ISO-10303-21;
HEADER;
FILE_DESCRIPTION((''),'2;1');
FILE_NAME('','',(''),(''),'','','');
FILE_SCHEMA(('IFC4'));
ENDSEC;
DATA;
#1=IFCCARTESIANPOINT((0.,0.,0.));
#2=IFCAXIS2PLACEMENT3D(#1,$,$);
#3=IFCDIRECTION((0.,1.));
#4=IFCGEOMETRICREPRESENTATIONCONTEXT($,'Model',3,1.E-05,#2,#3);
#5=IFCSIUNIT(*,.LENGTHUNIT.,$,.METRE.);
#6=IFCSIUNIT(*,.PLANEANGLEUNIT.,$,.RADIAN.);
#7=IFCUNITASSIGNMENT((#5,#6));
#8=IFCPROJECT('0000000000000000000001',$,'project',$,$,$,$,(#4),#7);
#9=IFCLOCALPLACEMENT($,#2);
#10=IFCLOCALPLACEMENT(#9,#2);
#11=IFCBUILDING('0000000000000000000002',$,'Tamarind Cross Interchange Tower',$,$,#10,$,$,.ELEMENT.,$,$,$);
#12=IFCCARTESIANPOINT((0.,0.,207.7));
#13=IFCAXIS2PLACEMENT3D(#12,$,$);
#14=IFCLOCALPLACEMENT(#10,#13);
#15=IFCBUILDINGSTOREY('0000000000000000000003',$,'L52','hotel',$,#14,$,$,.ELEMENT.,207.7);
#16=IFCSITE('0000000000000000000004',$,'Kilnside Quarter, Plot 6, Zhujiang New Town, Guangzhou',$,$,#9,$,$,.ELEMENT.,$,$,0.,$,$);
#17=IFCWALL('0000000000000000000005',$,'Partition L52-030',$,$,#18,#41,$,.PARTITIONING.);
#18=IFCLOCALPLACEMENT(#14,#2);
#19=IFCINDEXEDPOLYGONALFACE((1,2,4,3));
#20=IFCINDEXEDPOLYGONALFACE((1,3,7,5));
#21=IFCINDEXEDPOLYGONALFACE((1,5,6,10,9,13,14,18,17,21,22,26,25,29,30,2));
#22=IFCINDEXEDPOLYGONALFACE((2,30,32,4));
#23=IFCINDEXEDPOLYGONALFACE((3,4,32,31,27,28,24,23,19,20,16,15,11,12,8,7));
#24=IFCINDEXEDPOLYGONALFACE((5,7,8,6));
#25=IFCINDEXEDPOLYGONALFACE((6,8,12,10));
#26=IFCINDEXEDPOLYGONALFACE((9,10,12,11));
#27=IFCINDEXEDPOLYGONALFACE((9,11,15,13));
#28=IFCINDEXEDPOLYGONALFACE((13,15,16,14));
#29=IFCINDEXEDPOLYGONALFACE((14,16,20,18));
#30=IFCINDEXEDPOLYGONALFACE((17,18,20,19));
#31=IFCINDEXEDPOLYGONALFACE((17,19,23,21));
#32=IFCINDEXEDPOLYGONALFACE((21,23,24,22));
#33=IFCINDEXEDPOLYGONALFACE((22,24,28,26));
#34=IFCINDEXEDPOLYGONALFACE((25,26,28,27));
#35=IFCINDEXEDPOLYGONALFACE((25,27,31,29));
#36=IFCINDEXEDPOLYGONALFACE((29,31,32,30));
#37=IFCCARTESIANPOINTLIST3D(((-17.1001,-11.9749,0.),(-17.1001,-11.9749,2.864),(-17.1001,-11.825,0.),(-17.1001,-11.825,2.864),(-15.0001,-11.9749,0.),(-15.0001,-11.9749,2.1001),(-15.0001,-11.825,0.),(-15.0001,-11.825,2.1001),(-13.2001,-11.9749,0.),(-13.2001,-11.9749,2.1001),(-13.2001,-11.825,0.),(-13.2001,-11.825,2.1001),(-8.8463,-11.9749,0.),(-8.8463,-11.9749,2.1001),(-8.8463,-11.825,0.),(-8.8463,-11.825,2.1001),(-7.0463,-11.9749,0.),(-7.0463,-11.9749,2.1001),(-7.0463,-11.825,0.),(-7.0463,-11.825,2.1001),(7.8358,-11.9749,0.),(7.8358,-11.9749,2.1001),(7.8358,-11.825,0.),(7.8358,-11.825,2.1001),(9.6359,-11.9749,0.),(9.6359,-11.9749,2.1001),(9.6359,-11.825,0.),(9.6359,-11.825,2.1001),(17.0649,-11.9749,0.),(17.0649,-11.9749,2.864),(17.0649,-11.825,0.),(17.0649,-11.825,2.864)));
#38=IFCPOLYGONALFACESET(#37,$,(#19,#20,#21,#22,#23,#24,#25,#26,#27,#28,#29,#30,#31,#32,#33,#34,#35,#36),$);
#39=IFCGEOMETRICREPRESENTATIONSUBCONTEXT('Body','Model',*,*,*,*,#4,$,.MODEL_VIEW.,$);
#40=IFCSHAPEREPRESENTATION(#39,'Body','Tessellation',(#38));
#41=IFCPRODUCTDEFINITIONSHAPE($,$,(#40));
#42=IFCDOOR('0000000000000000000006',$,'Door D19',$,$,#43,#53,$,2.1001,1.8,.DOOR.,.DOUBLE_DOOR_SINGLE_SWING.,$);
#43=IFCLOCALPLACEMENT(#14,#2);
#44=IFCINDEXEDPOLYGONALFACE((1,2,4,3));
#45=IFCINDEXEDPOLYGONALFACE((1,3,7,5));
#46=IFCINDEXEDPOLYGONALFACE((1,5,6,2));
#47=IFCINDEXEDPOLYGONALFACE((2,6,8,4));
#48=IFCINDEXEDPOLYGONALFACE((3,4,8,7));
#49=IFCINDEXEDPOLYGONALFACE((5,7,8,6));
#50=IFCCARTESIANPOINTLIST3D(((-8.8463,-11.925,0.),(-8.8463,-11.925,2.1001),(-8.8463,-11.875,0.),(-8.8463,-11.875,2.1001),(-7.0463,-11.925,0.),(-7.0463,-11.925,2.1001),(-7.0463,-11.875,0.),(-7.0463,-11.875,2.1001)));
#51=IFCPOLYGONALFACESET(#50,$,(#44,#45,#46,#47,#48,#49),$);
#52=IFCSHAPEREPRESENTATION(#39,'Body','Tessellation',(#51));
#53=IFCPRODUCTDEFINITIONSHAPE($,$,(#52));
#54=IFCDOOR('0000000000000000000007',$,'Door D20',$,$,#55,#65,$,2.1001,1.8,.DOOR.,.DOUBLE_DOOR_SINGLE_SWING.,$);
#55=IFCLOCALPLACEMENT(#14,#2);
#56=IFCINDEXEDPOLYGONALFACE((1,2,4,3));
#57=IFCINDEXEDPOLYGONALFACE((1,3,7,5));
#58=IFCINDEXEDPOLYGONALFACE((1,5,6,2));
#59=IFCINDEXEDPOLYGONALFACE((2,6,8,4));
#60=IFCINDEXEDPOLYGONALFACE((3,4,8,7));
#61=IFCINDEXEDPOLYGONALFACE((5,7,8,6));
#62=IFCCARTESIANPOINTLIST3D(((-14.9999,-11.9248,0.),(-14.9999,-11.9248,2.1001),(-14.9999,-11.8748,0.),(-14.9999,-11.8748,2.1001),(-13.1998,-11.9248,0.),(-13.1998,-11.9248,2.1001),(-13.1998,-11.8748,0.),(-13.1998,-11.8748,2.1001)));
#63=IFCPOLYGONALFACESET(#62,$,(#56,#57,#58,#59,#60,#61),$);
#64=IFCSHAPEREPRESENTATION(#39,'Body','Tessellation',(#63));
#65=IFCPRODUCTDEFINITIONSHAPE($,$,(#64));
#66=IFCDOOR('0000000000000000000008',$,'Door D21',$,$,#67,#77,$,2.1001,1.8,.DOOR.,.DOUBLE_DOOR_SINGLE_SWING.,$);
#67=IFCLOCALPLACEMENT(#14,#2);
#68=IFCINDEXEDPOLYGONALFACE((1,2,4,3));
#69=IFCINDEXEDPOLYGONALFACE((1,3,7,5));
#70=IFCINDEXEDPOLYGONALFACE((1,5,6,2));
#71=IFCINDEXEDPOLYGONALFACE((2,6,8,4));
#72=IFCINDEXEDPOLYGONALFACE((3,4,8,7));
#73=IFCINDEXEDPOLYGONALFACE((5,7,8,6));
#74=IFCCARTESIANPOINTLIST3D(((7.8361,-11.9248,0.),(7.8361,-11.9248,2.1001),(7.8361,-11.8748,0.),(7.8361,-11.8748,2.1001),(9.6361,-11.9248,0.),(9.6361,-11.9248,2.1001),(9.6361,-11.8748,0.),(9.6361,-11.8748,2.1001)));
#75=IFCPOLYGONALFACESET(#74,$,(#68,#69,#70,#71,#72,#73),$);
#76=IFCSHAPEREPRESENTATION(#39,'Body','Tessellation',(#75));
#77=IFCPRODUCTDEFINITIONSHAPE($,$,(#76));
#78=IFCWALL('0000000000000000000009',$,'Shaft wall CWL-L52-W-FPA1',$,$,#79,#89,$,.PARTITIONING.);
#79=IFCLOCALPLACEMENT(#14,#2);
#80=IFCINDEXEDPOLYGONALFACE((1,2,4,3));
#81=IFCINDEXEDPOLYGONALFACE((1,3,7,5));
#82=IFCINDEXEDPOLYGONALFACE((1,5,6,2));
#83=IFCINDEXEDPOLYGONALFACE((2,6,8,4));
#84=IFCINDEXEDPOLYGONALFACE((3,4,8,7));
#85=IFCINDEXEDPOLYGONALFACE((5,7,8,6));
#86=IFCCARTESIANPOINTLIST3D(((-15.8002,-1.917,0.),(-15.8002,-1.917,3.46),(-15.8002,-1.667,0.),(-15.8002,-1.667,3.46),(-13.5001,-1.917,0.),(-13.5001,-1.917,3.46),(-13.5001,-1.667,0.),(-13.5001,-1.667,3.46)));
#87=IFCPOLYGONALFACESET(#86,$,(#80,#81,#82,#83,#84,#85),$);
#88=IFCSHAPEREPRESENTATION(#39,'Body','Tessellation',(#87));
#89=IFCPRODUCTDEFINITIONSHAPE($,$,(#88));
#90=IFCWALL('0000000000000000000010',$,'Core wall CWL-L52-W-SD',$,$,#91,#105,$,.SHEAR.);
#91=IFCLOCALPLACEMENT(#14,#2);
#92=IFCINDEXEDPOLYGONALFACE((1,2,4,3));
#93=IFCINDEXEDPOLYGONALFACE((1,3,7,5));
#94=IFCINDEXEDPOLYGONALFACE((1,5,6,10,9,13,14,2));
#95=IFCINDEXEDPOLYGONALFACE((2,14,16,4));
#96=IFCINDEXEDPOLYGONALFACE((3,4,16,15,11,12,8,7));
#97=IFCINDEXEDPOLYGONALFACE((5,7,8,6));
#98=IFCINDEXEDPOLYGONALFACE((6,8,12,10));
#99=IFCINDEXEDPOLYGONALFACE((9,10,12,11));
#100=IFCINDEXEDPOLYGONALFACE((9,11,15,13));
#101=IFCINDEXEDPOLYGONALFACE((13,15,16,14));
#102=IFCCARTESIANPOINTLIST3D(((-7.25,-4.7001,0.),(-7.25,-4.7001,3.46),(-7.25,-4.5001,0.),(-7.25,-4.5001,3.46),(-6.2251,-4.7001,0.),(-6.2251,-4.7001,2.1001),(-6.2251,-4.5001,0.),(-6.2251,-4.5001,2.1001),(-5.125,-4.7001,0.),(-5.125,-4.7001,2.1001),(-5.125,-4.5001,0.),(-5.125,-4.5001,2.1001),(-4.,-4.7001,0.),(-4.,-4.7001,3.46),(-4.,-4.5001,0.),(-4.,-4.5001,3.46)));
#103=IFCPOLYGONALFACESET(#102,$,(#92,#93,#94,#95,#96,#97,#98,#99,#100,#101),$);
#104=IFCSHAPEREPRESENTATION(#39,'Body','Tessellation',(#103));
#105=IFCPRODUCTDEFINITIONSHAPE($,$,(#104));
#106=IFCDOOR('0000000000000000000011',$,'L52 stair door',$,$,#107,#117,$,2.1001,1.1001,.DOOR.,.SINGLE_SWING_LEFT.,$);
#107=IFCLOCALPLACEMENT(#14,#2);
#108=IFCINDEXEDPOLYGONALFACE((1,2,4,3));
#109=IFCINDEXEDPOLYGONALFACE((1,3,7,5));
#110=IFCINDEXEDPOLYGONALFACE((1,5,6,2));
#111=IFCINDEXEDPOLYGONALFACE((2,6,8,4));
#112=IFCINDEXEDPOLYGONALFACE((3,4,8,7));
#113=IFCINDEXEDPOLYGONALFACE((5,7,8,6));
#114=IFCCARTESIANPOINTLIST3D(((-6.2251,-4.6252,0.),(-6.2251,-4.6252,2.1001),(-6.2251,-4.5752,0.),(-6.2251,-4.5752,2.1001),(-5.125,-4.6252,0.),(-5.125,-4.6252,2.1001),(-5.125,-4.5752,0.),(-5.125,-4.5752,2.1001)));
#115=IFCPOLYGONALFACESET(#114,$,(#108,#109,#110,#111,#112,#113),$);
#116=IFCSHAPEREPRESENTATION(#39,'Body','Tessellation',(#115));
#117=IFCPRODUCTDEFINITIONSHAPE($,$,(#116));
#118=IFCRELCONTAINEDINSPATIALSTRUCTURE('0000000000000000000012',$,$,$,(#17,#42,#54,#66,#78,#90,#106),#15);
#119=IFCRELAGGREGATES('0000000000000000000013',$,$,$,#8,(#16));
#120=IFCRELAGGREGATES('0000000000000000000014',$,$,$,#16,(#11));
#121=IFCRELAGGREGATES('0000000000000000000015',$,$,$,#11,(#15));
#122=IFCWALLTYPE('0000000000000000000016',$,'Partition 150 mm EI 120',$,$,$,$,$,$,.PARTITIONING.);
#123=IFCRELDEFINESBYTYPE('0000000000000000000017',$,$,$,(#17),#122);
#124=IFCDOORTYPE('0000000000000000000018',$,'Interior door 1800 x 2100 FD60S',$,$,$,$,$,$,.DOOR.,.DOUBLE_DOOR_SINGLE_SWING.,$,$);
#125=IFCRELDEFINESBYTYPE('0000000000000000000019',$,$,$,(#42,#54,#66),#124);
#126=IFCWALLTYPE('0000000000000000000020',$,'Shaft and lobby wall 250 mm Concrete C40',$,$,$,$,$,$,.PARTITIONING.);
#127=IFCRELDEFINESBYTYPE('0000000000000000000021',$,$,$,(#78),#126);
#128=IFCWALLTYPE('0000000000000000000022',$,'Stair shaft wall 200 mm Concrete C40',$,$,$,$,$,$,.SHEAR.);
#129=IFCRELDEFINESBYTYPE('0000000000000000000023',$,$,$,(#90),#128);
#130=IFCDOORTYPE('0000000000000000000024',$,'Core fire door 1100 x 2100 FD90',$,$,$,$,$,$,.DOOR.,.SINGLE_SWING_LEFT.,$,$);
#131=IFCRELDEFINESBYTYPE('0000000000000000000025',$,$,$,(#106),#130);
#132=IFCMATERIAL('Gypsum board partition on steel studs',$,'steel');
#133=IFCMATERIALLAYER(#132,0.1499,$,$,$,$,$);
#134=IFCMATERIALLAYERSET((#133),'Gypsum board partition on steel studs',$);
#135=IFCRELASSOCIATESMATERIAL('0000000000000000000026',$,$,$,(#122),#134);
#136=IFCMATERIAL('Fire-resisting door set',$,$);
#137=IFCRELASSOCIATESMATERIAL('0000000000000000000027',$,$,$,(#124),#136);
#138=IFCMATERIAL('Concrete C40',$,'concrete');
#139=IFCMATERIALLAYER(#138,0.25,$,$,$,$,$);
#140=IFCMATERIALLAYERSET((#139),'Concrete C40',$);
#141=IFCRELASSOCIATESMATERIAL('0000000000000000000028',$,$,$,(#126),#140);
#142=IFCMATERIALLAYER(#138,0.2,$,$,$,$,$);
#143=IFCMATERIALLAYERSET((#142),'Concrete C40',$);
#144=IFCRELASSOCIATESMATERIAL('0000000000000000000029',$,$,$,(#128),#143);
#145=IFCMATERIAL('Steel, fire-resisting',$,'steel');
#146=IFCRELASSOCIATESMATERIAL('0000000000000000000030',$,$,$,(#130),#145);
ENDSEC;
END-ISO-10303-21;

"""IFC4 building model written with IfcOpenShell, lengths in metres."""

from ifc_helpers import new_model, si_unit, direction, frame, frame_2d, origin, place, context, subcontext, project, spatial, rectangle, extrude, material, layer, layer_set, type_object, element, fill, save


model = new_model("IFC4")

# Units and contexts
model_context = context("Model", 3, precision=1e-05, world=origin(), true_north=direction((0.0, 1.0)))
body_context = subcontext(model_context, "Body", "Model", "MODEL_VIEW")
ifc_project = project(units=[si_unit("LENGTHUNIT", "METRE"), si_unit("PLANEANGLEUNIT", "RADIAN")], contexts=[model_context])

# Site, building, storey
site_placement = place(None, origin())
site = spatial("IfcSite", under=ifc_project, at=site_placement, Name="Kilnside Quarter, Plot 6, Zhujiang New Town, Guangzhou", CompositionType="ELEMENT", RefElevation=0.0)
building_placement = place(site_placement, origin())
building = spatial("IfcBuilding", under=site, at=building_placement, Name="Tamarind Cross Interchange Tower", CompositionType="ELEMENT")
storey_placement = place(building_placement, frame((0.0, 0.0, 207.7)))
storey = spatial("IfcBuildingStorey", under=building, at=storey_placement, Name="L52", Description="hotel", CompositionType="ELEMENT", Elevation=207.7)

# Shared definitions
ifc_material_1 = material(Name="Steel, fire-resisting", Category="steel")

# Wall, openings, doors
ifc_material_2 = material(Name="Gypsum board partition on steel studs", Category="steel")
ifc_layer_1 = layer(ifc_material_2, 0.1499)
ifc_layer_set_1 = layer_set([ifc_layer_1], Name="Gypsum board partition on steel studs")
wall_type_1 = type_object("IfcWallType", Name="Partition 150 mm EI 120", PredefinedType="PARTITIONING", material=ifc_layer_set_1)
wall_1_placement = place(storey_placement, frame((-17.1001, -11.8999, 0.0), z_axis=(0.0, 0.0, 1.0), x_axis=(1.0, 0.0, 0.0)))
wall_1 = element("IfcWall", 1, at=wall_1_placement, inside=storey, type_object=wall_type_1, Name="Partition L52-030", PredefinedType="PARTITIONING", context=body_context, shape_type="SweptSolid", body=[
    extrude(rectangle(XDim=34.165, YDim=0.1499, at=frame_2d((17.0825, 0.0))), origin(), (0.0, 0.0, 1.0), 2.864),
])
opening_1_placement = place(wall_1_placement, frame((8.2539, 0.0, 0.0)))
opening_1 = element("IfcOpeningElement", 2, at=opening_1_placement, cuts=wall_1, PredefinedType="OPENING", context=body_context, shape_type="SweptSolid", body=[
    extrude(rectangle(XDim=1.8, YDim=2.1001, at=frame_2d((0.8999, 1.05))), frame((0.0, 0.085, 0.0), z_axis=(0.0, -1.0, 0.0), x_axis=(1.0, 0.0, 0.0)), (0.0, 0.0, 1.0), 0.1699),
])
opening_2_placement = place(wall_1_placement, frame((2.1001, 0.0, 0.0)))
opening_2 = element("IfcOpeningElement", 3, at=opening_2_placement, cuts=wall_1, PredefinedType="OPENING", context=body_context, shape_type="SweptSolid", body=[
    extrude(rectangle(XDim=1.8, YDim=2.1001, at=frame_2d((0.8999, 1.05))), frame((0.0, 0.085, 0.0), z_axis=(0.0, -1.0, 0.0), x_axis=(1.0, 0.0, 0.0)), (0.0, 0.0, 1.0), 0.1699),
])
opening_3_placement = place(wall_1_placement, frame((24.936, 0.0, 0.0)))
opening_3 = element("IfcOpeningElement", 4, at=opening_3_placement, cuts=wall_1, PredefinedType="OPENING", context=body_context, shape_type="SweptSolid", body=[
    extrude(rectangle(XDim=1.8, YDim=2.1001, at=frame_2d((0.8999, 1.05))), frame((0.0, 0.085, 0.0), z_axis=(0.0, -1.0, 0.0), x_axis=(1.0, 0.0, 0.0)), (0.0, 0.0, 1.0), 0.1699),
])
ifc_material_3 = material(Name="Fire-resisting door set")
door_type_1 = type_object("IfcDoorType", Name="Interior door 1800 x 2100 FD60S", OperationType="DOUBLE_DOOR_SINGLE_SWING", PredefinedType="DOOR", material=ifc_material_3)
door_1_placement = place(opening_1_placement, origin())
door_1 = element("IfcDoor", 5, at=door_1_placement, inside=storey, type_object=door_type_1, Name="Door D19", OperationType="DOUBLE_DOOR_SINGLE_SWING", OverallHeight=2.1001, OverallWidth=1.8, PredefinedType="DOOR", context=body_context, shape_type="SweptSolid", body=[
    extrude(rectangle(XDim=1.8, YDim=2.1001, at=frame_2d((0.8999, 1.05))), frame((0.0, 0.0249, 0.0), z_axis=(0.0, -1.0, 0.0), x_axis=(1.0, 0.0, 0.0)), (0.0, 0.0, 1.0), 0.05),
])
fill(opening_1, door_1)
door_2_placement = place(opening_2_placement, frame((1.8, 0.0, 0.0), z_axis=(0.0, 0.0, 1.0), x_axis=(-1.0, 0.0, 0.0)))
door_2 = element("IfcDoor", 6, at=door_2_placement, inside=storey, type_object=door_type_1, Name="Door D20", OperationType="DOUBLE_DOOR_SINGLE_SWING", OverallHeight=2.1001, OverallWidth=1.8, PredefinedType="DOOR", context=body_context, shape_type="SweptSolid", body=[
    extrude(rectangle(XDim=1.8, YDim=2.1001, at=frame_2d((0.8999, 1.05))), frame((0.0, 0.0249, 0.0), z_axis=(0.0, -1.0, 0.0), x_axis=(1.0, 0.0, 0.0)), (0.0, 0.0, 1.0), 0.05),
])
fill(opening_2, door_2)
door_3_placement = place(opening_3_placement, frame((1.8, 0.0, 0.0), z_axis=(0.0, 0.0, 1.0), x_axis=(-1.0, 0.0, 0.0)))
door_3 = element("IfcDoor", 7, at=door_3_placement, inside=storey, type_object=door_type_1, Name="Door D21", OperationType="DOUBLE_DOOR_SINGLE_SWING", OverallHeight=2.1001, OverallWidth=1.8, PredefinedType="DOOR", context=body_context, shape_type="SweptSolid", body=[
    extrude(rectangle(XDim=1.8, YDim=2.1001, at=frame_2d((0.8999, 1.05))), frame((0.0, 0.0249, 0.0), z_axis=(0.0, -1.0, 0.0), x_axis=(1.0, 0.0, 0.0)), (0.0, 0.0, 1.0), 0.05),
])
fill(opening_3, door_3)

# Wall
ifc_material_4 = material(Name="Concrete C40", Category="concrete")
ifc_layer_2 = layer(ifc_material_4, 0.25)
ifc_layer_set_2 = layer_set([ifc_layer_2], Name="Concrete C40")
wall_type_2 = type_object("IfcWallType", Name="Shaft and lobby wall 250 mm Concrete C40", PredefinedType="PARTITIONING", material=ifc_layer_set_2)
wall_2_placement = place(storey_placement, frame((-15.8, -1.792, 0.0), z_axis=(0.0, 0.0, 1.0), x_axis=(1.0, 0.0, 0.0)))
element("IfcWall", 8, at=wall_2_placement, inside=storey, type_object=wall_type_2, Name="Shaft wall CWL-L52-W-FPA1", PredefinedType="PARTITIONING", context=body_context, shape_type="SweptSolid", body=[
    extrude(rectangle(XDim=2.3, YDim=0.25, at=frame_2d((1.1499, 0.0))), origin(), (0.0, 0.0, 1.0), 3.46),
])

# Wall, opening, door
ifc_layer_3 = layer(ifc_material_4, 0.2)
ifc_layer_set_3 = layer_set([ifc_layer_3], Name="Concrete C40")
wall_type_3 = type_object("IfcWallType", Name="Stair shaft wall 200 mm Concrete C40", PredefinedType="SHEAR", material=ifc_layer_set_3)
wall_3_placement = place(storey_placement, frame((-7.25, -4.6001, 0.0), z_axis=(0.0, 0.0, 1.0), x_axis=(1.0, 0.0, 0.0)))
wall_3 = element("IfcWall", 9, at=wall_3_placement, inside=storey, type_object=wall_type_3, Name="Core wall CWL-L52-W-SD", PredefinedType="SHEAR", context=body_context, shape_type="SweptSolid", body=[
    extrude(rectangle(XDim=3.25, YDim=0.2, at=frame_2d((1.625, 0.0))), origin(), (0.0, 0.0, 1.0), 3.46),
])
opening_4_placement = place(wall_3_placement, frame((1.0249, 0.0, 0.0)))
opening_4 = element("IfcOpeningElement", 10, at=opening_4_placement, cuts=wall_3, PredefinedType="OPENING", context=body_context, shape_type="SweptSolid", body=[
    extrude(rectangle(XDim=1.1001, YDim=2.1001, at=frame_2d((0.55, 1.05))), frame((0.0, 0.1099, 0.0), z_axis=(0.0, -1.0, 0.0), x_axis=(1.0, 0.0, 0.0)), (0.0, 0.0, 1.0), 0.22),
])
door_type_2 = type_object("IfcDoorType", Name="Core fire door 1100 x 2100 FD90", OperationType="SINGLE_SWING_LEFT", PredefinedType="DOOR", material=ifc_material_1)
door_4_placement = place(opening_4_placement, origin())
door_4 = element("IfcDoor", 11, at=door_4_placement, inside=storey, type_object=door_type_2, Name="L52 stair door", OperationType="SINGLE_SWING_LEFT", OverallHeight=2.1001, OverallWidth=1.1001, PredefinedType="DOOR", context=body_context, shape_type="SweptSolid", body=[
    extrude(rectangle(XDim=1.1001, YDim=2.1001, at=frame_2d((0.55, 1.05))), frame((0.0, 0.0249, 0.0), z_axis=(0.0, -1.0, 0.0), x_axis=(1.0, 0.0, 0.0)), (0.0, 0.0, 1.0), 0.05),
])
fill(opening_4, door_4)

save(model, "model.ifc")
